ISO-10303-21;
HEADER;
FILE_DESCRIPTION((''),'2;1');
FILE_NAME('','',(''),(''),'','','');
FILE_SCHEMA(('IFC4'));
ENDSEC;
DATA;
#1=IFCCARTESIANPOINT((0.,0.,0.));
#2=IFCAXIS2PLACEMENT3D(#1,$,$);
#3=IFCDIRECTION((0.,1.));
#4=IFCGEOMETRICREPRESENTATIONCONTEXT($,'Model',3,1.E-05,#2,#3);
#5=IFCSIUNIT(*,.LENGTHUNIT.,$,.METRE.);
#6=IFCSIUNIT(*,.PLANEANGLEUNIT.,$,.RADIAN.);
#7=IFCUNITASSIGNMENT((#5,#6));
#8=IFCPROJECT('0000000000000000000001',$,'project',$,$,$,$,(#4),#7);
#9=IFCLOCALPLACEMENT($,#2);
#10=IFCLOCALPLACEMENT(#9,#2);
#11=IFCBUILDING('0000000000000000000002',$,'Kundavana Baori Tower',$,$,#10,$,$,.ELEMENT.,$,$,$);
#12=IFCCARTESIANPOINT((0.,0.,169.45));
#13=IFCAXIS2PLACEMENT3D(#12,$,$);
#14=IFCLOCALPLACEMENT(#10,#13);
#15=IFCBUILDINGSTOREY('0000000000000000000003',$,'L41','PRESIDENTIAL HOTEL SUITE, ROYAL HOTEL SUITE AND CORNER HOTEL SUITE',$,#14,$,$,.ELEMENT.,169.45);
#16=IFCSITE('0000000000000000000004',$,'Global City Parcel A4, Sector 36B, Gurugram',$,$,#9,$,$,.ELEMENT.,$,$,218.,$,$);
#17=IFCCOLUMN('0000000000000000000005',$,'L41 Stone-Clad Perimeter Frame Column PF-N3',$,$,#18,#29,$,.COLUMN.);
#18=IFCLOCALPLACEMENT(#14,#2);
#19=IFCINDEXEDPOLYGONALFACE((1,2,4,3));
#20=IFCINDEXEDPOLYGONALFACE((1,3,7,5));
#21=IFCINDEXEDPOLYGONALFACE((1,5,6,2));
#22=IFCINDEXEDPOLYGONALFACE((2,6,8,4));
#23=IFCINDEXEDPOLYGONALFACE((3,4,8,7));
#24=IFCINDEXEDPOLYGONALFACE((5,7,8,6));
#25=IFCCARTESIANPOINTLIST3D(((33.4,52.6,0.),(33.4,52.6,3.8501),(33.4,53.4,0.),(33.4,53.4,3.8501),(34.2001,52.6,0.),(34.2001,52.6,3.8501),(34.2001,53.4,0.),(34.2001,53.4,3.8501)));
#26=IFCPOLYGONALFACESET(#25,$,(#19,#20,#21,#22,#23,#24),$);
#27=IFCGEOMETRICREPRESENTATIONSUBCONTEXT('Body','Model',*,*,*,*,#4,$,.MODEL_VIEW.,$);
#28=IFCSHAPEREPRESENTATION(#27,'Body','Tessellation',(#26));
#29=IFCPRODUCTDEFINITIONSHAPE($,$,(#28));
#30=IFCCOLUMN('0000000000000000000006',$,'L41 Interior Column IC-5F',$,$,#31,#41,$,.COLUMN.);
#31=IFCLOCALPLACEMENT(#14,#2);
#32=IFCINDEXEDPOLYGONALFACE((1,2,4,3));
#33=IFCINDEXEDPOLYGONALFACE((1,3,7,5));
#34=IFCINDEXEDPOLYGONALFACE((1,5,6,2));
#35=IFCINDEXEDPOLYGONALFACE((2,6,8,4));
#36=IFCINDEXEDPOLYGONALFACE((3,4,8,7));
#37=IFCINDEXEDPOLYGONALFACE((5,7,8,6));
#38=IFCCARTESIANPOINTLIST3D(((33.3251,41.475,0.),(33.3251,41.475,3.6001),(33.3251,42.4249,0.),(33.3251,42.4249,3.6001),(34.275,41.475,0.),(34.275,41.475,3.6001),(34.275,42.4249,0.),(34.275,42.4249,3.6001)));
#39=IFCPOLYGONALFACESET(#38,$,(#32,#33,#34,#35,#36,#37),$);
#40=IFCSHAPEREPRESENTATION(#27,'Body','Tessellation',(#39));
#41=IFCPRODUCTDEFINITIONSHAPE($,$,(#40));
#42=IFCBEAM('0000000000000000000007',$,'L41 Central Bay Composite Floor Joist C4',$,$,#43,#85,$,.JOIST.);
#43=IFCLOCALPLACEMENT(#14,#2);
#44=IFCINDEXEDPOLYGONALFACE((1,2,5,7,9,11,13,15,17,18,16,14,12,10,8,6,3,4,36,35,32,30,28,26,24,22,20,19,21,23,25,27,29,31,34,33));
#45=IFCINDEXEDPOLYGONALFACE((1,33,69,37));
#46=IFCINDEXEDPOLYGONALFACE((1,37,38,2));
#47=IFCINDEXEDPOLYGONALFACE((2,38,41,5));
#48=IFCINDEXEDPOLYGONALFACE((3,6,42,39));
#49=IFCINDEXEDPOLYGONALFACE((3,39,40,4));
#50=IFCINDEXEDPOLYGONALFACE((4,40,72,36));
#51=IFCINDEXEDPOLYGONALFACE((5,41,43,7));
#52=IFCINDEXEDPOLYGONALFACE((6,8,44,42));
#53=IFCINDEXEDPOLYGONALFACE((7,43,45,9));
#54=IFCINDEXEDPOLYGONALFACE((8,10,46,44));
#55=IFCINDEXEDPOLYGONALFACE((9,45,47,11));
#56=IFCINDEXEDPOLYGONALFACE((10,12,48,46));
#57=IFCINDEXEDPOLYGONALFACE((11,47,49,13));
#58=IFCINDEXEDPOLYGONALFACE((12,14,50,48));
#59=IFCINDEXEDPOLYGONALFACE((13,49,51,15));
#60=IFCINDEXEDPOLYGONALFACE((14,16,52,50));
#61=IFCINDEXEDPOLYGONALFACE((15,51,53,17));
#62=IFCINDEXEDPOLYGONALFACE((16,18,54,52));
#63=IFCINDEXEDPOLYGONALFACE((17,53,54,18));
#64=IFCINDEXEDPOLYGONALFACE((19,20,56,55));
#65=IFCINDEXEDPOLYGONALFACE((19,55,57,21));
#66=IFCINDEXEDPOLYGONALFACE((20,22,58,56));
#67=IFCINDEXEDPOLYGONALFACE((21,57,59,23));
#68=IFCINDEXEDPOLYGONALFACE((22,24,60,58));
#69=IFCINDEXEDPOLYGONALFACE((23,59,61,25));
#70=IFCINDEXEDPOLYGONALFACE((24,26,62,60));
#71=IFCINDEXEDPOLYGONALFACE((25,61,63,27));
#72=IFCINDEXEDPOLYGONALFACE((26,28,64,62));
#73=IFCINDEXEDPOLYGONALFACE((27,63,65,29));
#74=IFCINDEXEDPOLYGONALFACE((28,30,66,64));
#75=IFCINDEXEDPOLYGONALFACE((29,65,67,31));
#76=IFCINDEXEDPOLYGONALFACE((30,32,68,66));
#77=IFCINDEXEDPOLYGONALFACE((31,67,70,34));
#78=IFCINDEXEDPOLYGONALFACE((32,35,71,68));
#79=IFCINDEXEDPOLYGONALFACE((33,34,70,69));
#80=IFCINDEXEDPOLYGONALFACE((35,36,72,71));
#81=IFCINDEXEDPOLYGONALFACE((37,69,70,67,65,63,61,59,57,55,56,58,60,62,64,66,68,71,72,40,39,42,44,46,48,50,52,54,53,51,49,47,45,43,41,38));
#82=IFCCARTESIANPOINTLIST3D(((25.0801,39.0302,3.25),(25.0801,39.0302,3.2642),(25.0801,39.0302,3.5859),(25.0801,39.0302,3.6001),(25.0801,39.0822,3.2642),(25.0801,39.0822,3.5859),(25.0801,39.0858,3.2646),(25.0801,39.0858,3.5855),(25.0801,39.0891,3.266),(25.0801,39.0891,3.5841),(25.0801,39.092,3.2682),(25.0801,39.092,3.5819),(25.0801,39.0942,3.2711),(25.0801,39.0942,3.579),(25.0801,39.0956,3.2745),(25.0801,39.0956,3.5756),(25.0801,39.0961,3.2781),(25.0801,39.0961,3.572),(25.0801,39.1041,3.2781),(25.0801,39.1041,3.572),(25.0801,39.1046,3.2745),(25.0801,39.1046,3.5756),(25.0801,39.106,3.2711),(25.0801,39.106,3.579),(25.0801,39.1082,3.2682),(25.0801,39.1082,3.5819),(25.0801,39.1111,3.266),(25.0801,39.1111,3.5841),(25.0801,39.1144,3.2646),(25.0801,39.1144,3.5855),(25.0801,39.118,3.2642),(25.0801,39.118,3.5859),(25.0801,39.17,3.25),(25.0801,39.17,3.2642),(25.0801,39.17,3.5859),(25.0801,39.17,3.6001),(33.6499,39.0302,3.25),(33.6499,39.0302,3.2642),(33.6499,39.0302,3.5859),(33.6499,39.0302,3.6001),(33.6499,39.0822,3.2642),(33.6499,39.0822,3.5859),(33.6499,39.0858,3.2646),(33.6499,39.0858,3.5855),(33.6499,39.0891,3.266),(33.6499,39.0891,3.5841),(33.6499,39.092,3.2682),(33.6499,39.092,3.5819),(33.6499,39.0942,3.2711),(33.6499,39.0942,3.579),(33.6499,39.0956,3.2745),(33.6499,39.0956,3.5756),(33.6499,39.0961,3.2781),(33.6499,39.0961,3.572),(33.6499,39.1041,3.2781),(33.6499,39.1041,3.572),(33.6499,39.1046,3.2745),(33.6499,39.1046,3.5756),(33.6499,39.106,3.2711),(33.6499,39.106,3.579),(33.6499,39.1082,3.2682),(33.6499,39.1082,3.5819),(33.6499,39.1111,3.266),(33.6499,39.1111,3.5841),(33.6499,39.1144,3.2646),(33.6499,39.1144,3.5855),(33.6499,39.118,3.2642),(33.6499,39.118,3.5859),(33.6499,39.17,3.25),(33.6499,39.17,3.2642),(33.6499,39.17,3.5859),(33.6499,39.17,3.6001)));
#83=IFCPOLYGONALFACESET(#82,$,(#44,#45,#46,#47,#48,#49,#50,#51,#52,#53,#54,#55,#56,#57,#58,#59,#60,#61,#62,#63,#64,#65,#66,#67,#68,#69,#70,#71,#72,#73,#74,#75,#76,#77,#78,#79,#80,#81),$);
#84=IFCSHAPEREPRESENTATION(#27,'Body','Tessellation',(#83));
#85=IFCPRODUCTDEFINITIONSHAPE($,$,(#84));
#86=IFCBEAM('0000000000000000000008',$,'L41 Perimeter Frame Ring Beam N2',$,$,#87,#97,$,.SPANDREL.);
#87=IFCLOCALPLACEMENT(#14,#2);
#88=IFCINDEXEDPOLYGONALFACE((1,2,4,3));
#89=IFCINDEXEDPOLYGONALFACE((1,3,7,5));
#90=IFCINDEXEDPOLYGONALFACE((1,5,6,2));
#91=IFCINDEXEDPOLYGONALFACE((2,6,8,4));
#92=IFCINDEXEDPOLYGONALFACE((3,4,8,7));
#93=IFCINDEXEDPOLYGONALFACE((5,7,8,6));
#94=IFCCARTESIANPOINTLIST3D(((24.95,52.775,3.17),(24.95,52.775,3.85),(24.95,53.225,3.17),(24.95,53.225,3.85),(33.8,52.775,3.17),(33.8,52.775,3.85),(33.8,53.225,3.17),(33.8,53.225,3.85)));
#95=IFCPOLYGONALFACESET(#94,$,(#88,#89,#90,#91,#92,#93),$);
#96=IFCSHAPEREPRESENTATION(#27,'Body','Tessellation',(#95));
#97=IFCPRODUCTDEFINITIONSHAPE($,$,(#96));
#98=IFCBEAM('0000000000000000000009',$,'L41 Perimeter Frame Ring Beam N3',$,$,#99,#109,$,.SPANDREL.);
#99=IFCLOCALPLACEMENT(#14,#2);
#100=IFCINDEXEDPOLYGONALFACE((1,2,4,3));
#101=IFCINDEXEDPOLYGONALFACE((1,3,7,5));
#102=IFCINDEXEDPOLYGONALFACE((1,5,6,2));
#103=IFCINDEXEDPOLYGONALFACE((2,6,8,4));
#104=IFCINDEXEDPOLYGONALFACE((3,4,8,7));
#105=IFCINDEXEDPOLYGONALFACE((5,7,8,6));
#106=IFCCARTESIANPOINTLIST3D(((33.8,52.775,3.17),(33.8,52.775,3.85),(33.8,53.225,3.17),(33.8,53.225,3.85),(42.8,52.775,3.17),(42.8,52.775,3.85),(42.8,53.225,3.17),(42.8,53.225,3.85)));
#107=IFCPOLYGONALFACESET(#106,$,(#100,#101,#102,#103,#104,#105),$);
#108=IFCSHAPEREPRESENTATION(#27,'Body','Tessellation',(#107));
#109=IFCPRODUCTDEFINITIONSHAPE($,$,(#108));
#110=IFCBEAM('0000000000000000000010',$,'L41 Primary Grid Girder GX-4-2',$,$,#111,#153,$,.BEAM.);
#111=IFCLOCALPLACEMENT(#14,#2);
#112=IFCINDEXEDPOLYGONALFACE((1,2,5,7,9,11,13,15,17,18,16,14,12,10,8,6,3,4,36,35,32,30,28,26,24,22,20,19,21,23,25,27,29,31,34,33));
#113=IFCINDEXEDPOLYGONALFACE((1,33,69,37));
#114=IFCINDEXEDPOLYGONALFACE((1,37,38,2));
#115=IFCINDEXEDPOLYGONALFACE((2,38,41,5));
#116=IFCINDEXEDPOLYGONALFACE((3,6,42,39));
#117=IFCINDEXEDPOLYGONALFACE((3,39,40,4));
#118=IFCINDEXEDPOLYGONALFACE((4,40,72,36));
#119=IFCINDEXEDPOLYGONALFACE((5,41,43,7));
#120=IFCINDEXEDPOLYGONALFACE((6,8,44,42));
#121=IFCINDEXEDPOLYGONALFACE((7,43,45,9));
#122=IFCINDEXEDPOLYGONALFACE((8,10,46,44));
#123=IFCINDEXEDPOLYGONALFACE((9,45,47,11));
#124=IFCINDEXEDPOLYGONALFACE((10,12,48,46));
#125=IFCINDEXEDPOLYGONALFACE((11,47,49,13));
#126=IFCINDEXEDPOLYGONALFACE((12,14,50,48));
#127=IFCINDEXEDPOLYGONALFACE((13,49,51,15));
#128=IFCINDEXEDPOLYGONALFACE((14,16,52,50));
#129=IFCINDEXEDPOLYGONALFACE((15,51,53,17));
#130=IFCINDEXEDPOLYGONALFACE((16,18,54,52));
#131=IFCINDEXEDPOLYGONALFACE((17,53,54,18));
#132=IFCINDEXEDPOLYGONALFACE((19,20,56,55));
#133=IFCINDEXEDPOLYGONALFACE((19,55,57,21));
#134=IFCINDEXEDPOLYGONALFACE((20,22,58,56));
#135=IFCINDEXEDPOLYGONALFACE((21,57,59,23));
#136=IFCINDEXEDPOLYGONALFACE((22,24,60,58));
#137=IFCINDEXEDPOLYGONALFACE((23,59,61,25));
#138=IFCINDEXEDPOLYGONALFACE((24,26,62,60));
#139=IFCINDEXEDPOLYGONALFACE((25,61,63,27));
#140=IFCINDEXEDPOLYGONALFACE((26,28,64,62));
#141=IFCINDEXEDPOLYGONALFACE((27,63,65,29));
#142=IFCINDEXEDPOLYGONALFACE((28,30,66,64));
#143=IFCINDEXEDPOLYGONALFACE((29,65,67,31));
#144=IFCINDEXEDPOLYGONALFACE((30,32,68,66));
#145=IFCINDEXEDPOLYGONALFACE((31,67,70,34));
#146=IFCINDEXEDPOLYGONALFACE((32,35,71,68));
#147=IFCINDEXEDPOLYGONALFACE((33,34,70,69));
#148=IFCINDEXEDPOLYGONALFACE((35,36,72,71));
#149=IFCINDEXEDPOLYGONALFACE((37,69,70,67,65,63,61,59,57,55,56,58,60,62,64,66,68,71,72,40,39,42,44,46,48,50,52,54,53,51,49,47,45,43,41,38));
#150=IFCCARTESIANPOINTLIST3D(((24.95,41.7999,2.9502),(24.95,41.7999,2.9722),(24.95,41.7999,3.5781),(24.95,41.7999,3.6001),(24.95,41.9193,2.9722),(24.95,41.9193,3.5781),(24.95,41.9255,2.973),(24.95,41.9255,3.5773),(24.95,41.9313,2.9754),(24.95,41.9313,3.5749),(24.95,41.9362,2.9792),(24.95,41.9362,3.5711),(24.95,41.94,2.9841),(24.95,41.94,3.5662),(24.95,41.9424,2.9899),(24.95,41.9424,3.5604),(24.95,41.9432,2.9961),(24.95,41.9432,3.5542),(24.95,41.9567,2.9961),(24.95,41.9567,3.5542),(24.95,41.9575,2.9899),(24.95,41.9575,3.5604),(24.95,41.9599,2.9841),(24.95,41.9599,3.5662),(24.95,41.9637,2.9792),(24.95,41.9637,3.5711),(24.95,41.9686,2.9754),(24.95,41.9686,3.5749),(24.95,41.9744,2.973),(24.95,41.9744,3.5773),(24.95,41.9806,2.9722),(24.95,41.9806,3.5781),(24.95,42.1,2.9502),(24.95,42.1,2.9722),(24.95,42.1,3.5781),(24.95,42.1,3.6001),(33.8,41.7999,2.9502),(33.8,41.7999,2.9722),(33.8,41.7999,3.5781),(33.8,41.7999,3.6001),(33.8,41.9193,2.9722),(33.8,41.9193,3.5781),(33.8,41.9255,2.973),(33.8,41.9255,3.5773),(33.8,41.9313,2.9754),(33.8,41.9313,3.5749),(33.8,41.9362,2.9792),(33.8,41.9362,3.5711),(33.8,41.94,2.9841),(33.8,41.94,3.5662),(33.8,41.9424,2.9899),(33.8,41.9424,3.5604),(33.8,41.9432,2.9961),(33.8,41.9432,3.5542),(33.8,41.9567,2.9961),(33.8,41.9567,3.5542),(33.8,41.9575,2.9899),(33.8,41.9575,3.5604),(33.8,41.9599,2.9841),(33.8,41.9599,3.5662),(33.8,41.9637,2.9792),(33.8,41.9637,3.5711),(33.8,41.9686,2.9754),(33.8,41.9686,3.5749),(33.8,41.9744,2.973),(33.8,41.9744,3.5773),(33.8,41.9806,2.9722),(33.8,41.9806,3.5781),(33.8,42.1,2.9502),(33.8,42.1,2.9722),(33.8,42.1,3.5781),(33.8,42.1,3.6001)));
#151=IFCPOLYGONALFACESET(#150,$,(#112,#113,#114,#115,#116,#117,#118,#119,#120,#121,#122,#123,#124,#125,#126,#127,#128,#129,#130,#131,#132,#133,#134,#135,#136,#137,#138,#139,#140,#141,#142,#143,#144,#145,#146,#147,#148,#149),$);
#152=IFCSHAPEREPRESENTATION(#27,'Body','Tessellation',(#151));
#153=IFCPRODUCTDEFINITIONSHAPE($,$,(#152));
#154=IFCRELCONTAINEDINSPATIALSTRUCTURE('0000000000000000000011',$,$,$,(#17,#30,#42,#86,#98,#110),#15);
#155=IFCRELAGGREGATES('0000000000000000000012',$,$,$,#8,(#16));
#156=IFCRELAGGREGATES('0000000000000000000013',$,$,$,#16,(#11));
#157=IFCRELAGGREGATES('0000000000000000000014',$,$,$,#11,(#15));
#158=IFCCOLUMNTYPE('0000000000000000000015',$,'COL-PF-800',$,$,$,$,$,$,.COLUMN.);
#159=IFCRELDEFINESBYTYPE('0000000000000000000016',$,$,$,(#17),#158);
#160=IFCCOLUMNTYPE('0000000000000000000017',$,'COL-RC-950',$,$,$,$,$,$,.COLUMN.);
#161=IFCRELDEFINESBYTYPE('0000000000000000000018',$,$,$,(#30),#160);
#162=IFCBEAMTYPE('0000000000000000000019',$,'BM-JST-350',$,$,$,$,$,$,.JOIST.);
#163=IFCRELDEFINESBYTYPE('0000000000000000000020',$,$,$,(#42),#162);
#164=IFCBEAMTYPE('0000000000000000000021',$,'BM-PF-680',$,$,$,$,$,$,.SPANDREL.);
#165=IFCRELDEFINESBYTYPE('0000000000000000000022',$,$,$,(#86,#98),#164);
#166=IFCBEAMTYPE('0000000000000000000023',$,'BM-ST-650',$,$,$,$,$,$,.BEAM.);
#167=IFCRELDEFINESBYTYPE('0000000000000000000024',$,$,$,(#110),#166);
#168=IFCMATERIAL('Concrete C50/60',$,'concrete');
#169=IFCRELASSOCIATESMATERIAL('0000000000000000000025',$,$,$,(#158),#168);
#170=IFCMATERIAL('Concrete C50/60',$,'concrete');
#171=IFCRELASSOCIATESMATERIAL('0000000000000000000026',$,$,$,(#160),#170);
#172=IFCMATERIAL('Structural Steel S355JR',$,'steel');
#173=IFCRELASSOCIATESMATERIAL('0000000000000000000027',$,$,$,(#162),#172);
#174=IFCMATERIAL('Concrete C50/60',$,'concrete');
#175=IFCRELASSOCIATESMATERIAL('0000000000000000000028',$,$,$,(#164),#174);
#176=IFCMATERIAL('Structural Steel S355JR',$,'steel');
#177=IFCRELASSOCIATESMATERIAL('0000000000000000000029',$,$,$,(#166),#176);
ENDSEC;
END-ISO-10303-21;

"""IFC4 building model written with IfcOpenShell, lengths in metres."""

from ifc_helpers import new_model, si_unit, direction, frame, origin, origin_2d, place, context, subcontext, project, spatial, rectangle, i_section, extrude, material, material_profile, profile_set, type_object, element, save


model = new_model("IFC4")

# Units and contexts
model_context = context("Model", 3, precision=1e-05, world=origin(), true_north=direction((0.0, 1.0)))
body_context = subcontext(model_context, "Body", "Model", "MODEL_VIEW")
ifc_project = project(units=[si_unit("LENGTHUNIT", "METRE"), si_unit("PLANEANGLEUNIT", "RADIAN")], contexts=[model_context])

# Site, building, storey
site_placement = place(None, origin())
site = spatial("IfcSite", under=ifc_project, at=site_placement, Name="Global City Parcel A4, Sector 36B, Gurugram", CompositionType="ELEMENT", RefElevation=218.0)
building_placement = place(site_placement, origin())
building = spatial("IfcBuilding", under=site, at=building_placement, Name="Kundavana Baori Tower", CompositionType="ELEMENT")
storey_placement = place(building_placement, frame((0.0, 0.0, 169.45)))
storey = spatial("IfcBuildingStorey", under=building, at=storey_placement, Name="L41", Description="PRESIDENTIAL HOTEL SUITE, ROYAL HOTEL SUITE AND CORNER HOTEL SUITE", CompositionType="ELEMENT", Elevation=169.45)

# Columns
ifc_material_1 = material(Name="Concrete C50/60", Category="concrete")
ifc_material_profile_1 = material_profile(ifc_material_1, rectangle(XDim=0.8, YDim=0.8, at=origin_2d()), Name="RC PF 800x800")
ifc_profile_set_1 = profile_set([ifc_material_profile_1], Name="Concrete C50/60")
column_type_1 = type_object("IfcColumnType", Name="COL-PF-800", PredefinedType="COLUMN", material=ifc_profile_set_1)
column_1_placement = place(storey_placement, frame((33.8, 53.0, 0.0), z_axis=(0.0, 0.0, 1.0), x_axis=(1.0, 0.0, 0.0)))
element("IfcColumn", 1, at=column_1_placement, inside=storey, type_object=column_type_1, Name="L41 Stone-Clad Perimeter Frame Column PF-N3", PredefinedType="COLUMN", context=body_context, shape_type="SweptSolid", body=[
    extrude(rectangle(XDim=0.8, YDim=0.8, at=origin_2d()), origin(), (0.0, 0.0, 1.0), 3.8501),
])
ifc_material_2 = material(Name="Concrete C50/60", Category="concrete")
ifc_material_profile_2 = material_profile(ifc_material_2, rectangle(XDim=0.95, YDim=0.95, at=origin_2d()), Name="RC 950x950")
ifc_profile_set_2 = profile_set([ifc_material_profile_2], Name="Concrete C50/60")
column_type_2 = type_object("IfcColumnType", Name="COL-RC-950", PredefinedType="COLUMN", material=ifc_profile_set_2)
column_2_placement = place(storey_placement, frame((33.8, 41.95, 0.0), z_axis=(0.0, 0.0, 1.0), x_axis=(1.0, 0.0, 0.0)))
element("IfcColumn", 2, at=column_2_placement, inside=storey, type_object=column_type_2, Name="L41 Interior Column IC-5F", PredefinedType="COLUMN", context=body_context, shape_type="SweptSolid", body=[
    extrude(rectangle(XDim=0.95, YDim=0.95, at=origin_2d()), origin(), (0.0, 0.0, 1.0), 3.6001),
])

# Beams
ifc_material_3 = material(Name="Structural Steel S355JR", Category="steel")
ifc_material_profile_3 = material_profile(ifc_material_3, i_section(OverallWidth=0.1399, OverallDepth=0.3501, WebThickness=0.0081, FlangeThickness=0.0142, FilletRadius=0.0139, at=origin_2d()), Name="ISMB 350")
ifc_profile_set_3 = profile_set([ifc_material_profile_3], Name="Structural Steel S355JR")
beam_type_1 = type_object("IfcBeamType", Name="BM-JST-350", PredefinedType="JOIST", material=ifc_profile_set_3)
beam_1_placement = place(storey_placement, frame((25.0801, 39.1001, 3.425), z_axis=(1.0, 0.0, 0.0), x_axis=(0.0, 1.0, 0.0)))
element("IfcBeam", 3, at=beam_1_placement, inside=storey, type_object=beam_type_1, Name="L41 Central Bay Composite Floor Joist C4", PredefinedType="JOIST", context=body_context, shape_type="SweptSolid", body=[
    extrude(i_section(OverallWidth=0.1399, OverallDepth=0.3501, WebThickness=0.0081, FlangeThickness=0.0142, FilletRadius=0.0139, at=origin_2d()), origin(), (0.0, 0.0, 1.0), 8.5698),
])
ifc_material_4 = material(Name="Concrete C50/60", Category="concrete")
ifc_material_profile_4 = material_profile(ifc_material_4, rectangle(XDim=0.45, YDim=0.6799, at=origin_2d()), Name="RC BM 450x680")
ifc_profile_set_4 = profile_set([ifc_material_profile_4], Name="Concrete C50/60")
beam_type_2 = type_object("IfcBeamType", Name="BM-PF-680", PredefinedType="SPANDREL", material=ifc_profile_set_4)
beam_2_placement = place(storey_placement, frame((24.95, 53.0, 3.51), z_axis=(1.0, 0.0, 0.0), x_axis=(0.0, 1.0, 0.0)))
element("IfcBeam", 4, at=beam_2_placement, inside=storey, type_object=beam_type_2, Name="L41 Perimeter Frame Ring Beam N2", PredefinedType="SPANDREL", context=body_context, shape_type="SweptSolid", body=[
    extrude(rectangle(XDim=0.45, YDim=0.6799, at=origin_2d()), origin(), (0.0, 0.0, 1.0), 8.8501),
])
beam_3_placement = place(storey_placement, frame((33.8, 53.0, 3.51), z_axis=(1.0, 0.0, 0.0), x_axis=(0.0, 1.0, 0.0)))
element("IfcBeam", 5, at=beam_3_placement, inside=storey, type_object=beam_type_2, Name="L41 Perimeter Frame Ring Beam N3", PredefinedType="SPANDREL", context=body_context, shape_type="SweptSolid", body=[
    extrude(rectangle(XDim=0.45, YDim=0.6799, at=origin_2d()), origin(), (0.0, 0.0, 1.0), 9.0),
])
ifc_material_5 = material(Name="Structural Steel S355JR", Category="steel")
ifc_material_profile_5 = material_profile(ifc_material_5, i_section(OverallWidth=0.3, OverallDepth=0.6499, WebThickness=0.0134, FlangeThickness=0.022, FilletRadius=0.0239, at=origin_2d()), Name="NPB 650x300x155")
ifc_profile_set_5 = profile_set([ifc_material_profile_5], Name="Structural Steel S355JR")
beam_type_3 = type_object("IfcBeamType", Name="BM-ST-650", PredefinedType="BEAM", material=ifc_profile_set_5)
beam_4_placement = place(storey_placement, frame((24.95, 41.95, 3.2751), z_axis=(1.0, 0.0, 0.0), x_axis=(0.0, 1.0, 0.0)))
element("IfcBeam", 6, at=beam_4_placement, inside=storey, type_object=beam_type_3, Name="L41 Primary Grid Girder GX-4-2", PredefinedType="BEAM", context=body_context, shape_type="SweptSolid", body=[
    extrude(i_section(OverallWidth=0.3, OverallDepth=0.6499, WebThickness=0.0134, FlangeThickness=0.022, FilletRadius=0.0239, at=origin_2d()), origin(), (0.0, 0.0, 1.0), 8.8501),
])

save(model, "model.ifc")
